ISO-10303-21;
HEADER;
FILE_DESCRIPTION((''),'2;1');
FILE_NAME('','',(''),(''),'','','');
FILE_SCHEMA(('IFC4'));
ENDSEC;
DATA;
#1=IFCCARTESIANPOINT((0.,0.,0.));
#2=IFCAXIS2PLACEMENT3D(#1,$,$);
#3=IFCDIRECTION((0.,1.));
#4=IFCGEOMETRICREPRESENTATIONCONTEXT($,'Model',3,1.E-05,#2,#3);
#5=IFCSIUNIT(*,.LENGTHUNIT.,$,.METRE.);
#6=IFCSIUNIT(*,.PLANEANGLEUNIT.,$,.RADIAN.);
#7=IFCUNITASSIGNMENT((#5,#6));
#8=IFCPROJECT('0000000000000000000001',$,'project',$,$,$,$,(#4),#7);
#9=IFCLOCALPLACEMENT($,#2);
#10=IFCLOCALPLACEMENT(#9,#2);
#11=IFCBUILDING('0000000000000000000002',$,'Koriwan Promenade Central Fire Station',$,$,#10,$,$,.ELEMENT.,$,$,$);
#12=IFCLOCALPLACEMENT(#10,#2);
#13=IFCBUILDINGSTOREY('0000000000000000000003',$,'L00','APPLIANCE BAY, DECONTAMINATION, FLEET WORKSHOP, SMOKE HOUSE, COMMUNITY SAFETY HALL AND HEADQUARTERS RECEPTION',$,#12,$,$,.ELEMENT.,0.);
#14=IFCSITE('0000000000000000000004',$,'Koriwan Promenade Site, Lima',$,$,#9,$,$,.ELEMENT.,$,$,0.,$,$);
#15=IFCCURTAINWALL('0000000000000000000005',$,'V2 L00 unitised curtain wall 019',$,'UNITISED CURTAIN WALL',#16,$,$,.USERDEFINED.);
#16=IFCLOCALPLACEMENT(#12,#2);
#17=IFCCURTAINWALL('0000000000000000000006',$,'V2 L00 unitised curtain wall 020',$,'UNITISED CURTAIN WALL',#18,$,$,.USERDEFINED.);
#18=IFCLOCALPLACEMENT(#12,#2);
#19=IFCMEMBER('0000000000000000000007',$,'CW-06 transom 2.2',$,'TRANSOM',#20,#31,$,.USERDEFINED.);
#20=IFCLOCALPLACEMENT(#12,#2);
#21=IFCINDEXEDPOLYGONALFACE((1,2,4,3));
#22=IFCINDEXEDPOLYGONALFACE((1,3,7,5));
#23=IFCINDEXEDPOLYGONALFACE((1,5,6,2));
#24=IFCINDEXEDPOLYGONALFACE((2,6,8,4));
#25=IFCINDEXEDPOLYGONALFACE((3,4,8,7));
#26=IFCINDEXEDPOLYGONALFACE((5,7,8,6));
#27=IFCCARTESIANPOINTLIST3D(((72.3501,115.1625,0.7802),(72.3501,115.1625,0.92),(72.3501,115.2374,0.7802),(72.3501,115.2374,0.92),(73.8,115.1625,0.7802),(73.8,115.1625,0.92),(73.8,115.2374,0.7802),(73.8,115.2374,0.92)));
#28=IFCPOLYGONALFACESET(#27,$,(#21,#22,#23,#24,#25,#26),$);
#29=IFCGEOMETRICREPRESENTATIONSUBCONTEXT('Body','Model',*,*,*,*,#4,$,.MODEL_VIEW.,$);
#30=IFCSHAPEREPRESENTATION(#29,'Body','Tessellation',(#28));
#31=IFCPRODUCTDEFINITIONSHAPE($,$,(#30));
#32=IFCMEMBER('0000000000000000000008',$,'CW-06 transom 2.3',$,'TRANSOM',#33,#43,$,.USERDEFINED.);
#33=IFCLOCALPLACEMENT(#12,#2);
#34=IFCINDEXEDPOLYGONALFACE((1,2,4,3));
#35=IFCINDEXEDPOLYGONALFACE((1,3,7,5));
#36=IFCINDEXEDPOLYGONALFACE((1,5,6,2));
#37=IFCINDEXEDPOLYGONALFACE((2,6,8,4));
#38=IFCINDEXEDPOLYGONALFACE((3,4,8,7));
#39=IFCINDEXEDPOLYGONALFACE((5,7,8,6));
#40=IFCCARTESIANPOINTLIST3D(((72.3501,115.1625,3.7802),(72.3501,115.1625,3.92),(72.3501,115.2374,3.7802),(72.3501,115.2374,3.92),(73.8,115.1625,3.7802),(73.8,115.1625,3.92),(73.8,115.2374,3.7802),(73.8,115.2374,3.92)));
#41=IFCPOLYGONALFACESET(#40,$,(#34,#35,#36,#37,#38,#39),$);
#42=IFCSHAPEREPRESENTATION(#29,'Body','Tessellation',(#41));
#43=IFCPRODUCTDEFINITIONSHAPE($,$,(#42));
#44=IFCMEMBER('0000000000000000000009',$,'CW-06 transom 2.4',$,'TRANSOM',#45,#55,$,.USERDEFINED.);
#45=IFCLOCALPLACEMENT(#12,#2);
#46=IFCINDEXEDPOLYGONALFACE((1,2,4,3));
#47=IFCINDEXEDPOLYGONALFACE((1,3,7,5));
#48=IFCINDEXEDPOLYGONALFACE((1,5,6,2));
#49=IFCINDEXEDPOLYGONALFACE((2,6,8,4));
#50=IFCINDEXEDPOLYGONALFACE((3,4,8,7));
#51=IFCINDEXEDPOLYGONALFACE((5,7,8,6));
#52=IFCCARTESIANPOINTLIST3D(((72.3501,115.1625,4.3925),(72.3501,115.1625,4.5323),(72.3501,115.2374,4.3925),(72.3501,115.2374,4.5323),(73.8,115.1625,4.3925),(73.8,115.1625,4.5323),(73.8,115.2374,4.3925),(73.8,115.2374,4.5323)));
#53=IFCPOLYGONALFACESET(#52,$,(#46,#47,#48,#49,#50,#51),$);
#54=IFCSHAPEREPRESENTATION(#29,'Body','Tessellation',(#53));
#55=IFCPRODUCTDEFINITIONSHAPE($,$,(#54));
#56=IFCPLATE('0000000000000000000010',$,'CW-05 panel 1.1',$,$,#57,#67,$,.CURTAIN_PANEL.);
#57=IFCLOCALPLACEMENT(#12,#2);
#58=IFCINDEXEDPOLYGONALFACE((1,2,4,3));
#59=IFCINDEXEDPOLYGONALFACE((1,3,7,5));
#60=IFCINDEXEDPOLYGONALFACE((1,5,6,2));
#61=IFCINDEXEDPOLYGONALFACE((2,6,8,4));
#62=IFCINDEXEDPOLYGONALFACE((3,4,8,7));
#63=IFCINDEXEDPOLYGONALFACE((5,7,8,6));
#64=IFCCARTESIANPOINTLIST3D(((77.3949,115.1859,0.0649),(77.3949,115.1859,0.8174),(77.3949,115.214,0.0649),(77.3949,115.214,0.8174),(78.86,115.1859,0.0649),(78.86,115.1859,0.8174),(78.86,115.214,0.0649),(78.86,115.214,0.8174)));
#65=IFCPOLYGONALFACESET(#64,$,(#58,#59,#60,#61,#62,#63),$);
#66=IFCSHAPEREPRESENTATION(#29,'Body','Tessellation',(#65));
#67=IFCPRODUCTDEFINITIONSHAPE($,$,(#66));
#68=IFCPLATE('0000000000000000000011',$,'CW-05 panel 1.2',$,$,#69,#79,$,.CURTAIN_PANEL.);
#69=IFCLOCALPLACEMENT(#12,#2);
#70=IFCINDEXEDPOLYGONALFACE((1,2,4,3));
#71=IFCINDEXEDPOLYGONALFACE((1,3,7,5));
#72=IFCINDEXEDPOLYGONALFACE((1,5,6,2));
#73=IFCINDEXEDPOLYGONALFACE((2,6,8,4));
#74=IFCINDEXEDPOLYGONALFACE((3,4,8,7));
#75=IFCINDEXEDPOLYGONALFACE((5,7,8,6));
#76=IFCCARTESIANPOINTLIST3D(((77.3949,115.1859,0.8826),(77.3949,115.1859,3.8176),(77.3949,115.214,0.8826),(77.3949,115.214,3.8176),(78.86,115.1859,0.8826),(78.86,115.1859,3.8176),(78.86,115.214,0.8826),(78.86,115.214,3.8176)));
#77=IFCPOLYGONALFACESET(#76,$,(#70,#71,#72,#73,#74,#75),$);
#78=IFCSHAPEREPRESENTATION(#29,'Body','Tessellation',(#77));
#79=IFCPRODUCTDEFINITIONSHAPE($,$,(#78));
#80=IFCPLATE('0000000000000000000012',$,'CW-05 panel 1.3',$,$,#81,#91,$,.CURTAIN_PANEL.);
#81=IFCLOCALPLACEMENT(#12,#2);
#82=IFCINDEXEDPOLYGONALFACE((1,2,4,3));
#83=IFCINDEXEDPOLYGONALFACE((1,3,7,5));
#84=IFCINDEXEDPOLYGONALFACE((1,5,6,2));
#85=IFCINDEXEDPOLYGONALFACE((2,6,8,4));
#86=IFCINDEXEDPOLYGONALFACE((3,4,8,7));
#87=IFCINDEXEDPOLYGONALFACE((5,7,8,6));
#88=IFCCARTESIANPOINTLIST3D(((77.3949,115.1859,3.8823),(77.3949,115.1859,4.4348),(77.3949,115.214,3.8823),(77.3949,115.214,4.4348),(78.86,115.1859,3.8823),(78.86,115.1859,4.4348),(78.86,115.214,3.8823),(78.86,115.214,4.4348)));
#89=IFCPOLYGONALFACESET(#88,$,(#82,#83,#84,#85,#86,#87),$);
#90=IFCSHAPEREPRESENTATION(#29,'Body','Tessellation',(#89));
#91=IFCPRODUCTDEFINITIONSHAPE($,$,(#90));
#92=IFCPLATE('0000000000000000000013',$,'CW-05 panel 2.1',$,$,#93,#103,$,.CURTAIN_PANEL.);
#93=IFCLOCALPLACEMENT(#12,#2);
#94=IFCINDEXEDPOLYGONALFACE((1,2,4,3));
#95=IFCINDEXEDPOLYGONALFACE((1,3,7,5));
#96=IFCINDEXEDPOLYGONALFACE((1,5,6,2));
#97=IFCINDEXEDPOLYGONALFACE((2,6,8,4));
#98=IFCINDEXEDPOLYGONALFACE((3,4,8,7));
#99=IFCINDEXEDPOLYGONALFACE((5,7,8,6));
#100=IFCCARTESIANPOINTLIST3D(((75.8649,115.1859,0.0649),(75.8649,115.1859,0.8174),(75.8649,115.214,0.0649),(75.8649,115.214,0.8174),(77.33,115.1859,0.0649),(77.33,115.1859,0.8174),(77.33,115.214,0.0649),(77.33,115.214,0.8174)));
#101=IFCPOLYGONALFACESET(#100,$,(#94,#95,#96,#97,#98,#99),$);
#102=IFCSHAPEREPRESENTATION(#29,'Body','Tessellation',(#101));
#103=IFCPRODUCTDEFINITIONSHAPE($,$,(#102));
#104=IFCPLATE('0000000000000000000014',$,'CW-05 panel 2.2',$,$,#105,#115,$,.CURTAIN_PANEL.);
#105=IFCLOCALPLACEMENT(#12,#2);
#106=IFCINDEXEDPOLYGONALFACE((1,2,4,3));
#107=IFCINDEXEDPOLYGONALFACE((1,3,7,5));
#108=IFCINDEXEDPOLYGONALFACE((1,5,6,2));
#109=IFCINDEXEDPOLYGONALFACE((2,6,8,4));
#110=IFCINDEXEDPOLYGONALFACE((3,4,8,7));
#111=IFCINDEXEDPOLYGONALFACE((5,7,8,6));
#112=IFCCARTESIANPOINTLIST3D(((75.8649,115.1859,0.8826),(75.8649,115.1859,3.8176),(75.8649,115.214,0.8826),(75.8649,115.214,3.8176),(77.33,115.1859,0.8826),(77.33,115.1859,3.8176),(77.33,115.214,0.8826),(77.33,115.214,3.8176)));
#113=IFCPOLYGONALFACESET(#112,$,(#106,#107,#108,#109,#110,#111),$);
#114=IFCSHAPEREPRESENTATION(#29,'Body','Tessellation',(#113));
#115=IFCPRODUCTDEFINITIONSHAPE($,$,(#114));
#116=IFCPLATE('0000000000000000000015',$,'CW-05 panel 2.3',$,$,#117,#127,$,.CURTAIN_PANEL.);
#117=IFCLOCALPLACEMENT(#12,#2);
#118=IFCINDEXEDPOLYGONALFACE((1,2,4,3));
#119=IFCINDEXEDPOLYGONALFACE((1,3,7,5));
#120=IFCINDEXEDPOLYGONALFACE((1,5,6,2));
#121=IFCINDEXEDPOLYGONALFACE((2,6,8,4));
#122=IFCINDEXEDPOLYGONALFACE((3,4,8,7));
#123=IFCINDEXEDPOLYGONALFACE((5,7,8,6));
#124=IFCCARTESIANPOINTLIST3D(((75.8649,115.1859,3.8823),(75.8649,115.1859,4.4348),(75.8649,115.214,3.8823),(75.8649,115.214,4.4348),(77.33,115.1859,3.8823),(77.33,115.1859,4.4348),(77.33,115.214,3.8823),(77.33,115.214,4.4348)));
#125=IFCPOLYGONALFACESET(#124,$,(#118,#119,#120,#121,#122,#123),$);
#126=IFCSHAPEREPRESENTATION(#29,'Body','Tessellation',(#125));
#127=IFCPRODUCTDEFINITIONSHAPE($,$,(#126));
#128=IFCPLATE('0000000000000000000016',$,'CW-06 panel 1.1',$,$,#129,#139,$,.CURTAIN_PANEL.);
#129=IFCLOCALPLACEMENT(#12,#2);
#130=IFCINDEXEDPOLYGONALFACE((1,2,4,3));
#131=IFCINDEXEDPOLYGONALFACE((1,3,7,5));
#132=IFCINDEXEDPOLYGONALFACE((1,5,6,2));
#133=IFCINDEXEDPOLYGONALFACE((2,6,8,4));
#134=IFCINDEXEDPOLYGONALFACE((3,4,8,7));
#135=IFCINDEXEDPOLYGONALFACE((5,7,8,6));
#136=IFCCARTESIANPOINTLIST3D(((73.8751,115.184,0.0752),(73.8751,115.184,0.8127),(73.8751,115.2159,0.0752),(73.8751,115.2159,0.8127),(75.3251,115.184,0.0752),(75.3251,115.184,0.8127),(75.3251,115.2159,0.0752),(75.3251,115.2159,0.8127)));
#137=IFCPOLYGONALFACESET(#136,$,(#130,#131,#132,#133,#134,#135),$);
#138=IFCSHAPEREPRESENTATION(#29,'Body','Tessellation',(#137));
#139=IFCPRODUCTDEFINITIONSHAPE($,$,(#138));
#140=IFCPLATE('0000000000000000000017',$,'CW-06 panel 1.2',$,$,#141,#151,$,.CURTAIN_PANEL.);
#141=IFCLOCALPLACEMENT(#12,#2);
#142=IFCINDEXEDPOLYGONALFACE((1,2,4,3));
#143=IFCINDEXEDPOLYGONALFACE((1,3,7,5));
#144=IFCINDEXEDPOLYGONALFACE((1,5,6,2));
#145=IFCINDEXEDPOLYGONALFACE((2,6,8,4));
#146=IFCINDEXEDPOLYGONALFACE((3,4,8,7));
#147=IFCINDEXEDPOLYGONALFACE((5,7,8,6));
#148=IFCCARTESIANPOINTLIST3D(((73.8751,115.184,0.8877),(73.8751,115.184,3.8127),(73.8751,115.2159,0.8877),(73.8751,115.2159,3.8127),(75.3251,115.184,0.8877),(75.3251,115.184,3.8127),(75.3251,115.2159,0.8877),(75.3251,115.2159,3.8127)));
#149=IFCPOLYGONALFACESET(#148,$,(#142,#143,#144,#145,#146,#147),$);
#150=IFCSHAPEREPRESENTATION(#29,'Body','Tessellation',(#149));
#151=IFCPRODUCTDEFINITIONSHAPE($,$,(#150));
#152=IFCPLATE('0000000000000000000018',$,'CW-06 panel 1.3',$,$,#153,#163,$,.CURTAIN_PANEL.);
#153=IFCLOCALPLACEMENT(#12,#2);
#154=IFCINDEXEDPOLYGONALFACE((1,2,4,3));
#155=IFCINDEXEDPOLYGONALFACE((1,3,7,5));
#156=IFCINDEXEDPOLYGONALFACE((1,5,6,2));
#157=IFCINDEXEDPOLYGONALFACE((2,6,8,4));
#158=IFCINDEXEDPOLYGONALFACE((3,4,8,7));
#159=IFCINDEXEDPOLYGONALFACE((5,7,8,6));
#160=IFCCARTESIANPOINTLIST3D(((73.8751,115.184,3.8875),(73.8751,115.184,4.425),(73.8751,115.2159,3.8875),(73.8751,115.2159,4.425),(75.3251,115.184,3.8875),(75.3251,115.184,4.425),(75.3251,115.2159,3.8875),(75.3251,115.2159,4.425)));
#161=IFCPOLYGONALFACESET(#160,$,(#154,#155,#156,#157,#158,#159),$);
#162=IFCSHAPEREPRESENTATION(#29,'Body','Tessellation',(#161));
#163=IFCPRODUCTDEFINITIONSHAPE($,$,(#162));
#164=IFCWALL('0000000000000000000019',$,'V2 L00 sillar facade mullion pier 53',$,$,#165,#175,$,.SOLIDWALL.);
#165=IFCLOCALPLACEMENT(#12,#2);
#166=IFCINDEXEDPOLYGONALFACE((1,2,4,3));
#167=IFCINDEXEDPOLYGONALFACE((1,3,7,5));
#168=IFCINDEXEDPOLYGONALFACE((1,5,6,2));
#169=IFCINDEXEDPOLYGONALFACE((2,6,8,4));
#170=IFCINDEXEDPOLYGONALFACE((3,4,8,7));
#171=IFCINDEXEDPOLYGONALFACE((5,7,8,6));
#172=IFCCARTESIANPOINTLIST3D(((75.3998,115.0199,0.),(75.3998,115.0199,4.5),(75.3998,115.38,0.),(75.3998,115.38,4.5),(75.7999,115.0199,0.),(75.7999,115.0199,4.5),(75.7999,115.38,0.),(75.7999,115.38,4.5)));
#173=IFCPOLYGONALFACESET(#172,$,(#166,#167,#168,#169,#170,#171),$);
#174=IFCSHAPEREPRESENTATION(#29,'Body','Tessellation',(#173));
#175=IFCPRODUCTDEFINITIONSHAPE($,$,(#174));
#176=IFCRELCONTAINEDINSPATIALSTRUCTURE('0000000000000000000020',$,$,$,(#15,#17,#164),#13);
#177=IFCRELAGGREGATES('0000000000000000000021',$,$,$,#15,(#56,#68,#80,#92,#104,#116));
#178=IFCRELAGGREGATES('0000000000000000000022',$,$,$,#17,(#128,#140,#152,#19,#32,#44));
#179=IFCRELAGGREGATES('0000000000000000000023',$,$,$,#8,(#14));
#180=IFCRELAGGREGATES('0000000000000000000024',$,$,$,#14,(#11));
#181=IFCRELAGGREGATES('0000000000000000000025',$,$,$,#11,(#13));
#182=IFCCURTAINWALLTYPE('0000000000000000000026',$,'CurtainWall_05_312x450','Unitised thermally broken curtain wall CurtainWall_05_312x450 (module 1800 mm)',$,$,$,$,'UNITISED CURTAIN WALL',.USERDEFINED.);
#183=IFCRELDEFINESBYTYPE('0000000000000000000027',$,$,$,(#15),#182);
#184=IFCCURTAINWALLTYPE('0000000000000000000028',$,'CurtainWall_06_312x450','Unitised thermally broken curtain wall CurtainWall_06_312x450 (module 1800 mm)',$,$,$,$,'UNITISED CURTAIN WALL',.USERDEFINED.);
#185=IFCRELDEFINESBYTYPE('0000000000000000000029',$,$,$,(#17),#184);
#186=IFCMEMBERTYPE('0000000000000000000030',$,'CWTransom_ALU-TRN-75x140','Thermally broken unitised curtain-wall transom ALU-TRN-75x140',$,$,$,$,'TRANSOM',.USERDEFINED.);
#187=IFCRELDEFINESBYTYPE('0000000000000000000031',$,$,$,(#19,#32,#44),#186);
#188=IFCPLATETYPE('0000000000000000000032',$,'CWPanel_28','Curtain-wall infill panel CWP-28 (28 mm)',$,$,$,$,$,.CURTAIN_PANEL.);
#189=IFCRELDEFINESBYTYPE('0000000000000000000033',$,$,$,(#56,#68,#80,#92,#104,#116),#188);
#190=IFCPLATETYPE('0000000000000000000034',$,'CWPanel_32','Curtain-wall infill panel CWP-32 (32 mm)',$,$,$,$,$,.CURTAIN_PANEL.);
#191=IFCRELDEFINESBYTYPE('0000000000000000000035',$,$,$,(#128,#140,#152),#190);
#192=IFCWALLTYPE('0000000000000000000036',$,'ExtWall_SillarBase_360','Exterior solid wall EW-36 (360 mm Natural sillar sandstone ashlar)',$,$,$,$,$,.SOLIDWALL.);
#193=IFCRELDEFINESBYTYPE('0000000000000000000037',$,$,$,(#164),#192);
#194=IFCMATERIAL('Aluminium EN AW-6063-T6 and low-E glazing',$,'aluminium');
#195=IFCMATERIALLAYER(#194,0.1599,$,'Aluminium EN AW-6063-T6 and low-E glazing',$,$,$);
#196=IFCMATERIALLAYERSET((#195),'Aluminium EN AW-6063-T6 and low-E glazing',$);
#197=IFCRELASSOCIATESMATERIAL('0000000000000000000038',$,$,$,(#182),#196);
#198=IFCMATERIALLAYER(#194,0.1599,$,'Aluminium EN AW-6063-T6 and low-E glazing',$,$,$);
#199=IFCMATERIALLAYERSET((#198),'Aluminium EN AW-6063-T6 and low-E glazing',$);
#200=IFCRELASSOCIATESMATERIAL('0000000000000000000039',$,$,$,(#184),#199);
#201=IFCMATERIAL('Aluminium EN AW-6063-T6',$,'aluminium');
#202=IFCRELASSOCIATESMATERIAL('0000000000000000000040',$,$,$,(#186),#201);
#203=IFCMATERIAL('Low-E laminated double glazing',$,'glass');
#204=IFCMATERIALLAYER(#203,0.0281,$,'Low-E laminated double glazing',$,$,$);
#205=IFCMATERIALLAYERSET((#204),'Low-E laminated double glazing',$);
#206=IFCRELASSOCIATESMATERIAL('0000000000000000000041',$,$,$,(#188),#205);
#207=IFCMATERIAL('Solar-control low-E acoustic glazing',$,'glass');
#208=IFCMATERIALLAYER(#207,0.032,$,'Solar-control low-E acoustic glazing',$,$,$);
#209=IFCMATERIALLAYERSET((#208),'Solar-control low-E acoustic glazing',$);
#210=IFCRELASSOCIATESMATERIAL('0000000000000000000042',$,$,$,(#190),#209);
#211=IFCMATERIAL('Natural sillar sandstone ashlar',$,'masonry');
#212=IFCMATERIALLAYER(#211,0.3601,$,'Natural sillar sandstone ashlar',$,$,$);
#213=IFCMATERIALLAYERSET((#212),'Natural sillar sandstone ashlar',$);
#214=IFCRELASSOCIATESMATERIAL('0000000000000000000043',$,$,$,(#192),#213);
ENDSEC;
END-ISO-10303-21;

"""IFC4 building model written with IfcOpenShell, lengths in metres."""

from ifc_helpers import new_model, si_unit, direction, frame, frame_2d, origin, origin_2d, place, context, subcontext, project, spatial, rectangle, extrude, material, layer, layer_set, material_profile, profile_set, type_object, element, aggregate, save


model = new_model("IFC4")

# Units and contexts
model_context = context("Model", 3, precision=1e-05, world=origin(), true_north=direction((0.0, 1.0)))
body_context = subcontext(model_context, "Body", "Model", "MODEL_VIEW")
ifc_project = project(units=[si_unit("LENGTHUNIT", "METRE"), si_unit("PLANEANGLEUNIT", "RADIAN")], contexts=[model_context])

# Site, building, storey
site_placement = place(None, origin())
site = spatial("IfcSite", under=ifc_project, at=site_placement, Name="Koriwan Promenade Site, Lima", CompositionType="ELEMENT", RefElevation=0.0)
building_placement = place(site_placement, origin())
building = spatial("IfcBuilding", under=site, at=building_placement, Name="Koriwan Promenade Central Fire Station", CompositionType="ELEMENT")
storey_placement = place(building_placement, origin())
storey = spatial("IfcBuildingStorey", under=building, at=storey_placement, Name="L00", Description="APPLIANCE BAY, DECONTAMINATION, FLEET WORKSHOP, SMOKE HOUSE, COMMUNITY SAFETY HALL AND HEADQUARTERS RECEPTION", CompositionType="ELEMENT", Elevation=0.0)

# Curtain walls
ifc_material_1 = material(Name="Aluminium EN AW-6063-T6 and low-E glazing", Category="aluminium")
ifc_layer_1 = layer(ifc_material_1, 0.1599, Name="Aluminium EN AW-6063-T6 and low-E glazing")
ifc_layer_set_1 = layer_set([ifc_layer_1], Name="Aluminium EN AW-6063-T6 and low-E glazing")
curtain_wall_type_1 = type_object("IfcCurtainWallType", Name="CurtainWall_05_312x450", Description="Unitised thermally broken curtain wall CurtainWall_05_312x450 (module 1800 mm)", ElementType="UNITISED CURTAIN WALL", PredefinedType="USERDEFINED", material=ifc_layer_set_1)
curtain_wall_1_placement = place(storey_placement, origin())
curtain_wall_1 = element("IfcCurtainWall", 1, at=curtain_wall_1_placement, inside=storey, type_object=curtain_wall_type_1, Name="V2 L00 unitised curtain wall 019", ObjectType="UNITISED CURTAIN WALL", PredefinedType="USERDEFINED")
ifc_material_2 = material(Name="Aluminium EN AW-6063-T6", Category="aluminium")
ifc_layer_2 = layer(ifc_material_1, 0.1599, Name="Aluminium EN AW-6063-T6 and low-E glazing")
ifc_layer_set_2 = layer_set([ifc_layer_2], Name="Aluminium EN AW-6063-T6 and low-E glazing")
curtain_wall_type_2 = type_object("IfcCurtainWallType", Name="CurtainWall_06_312x450", Description="Unitised thermally broken curtain wall CurtainWall_06_312x450 (module 1800 mm)", ElementType="UNITISED CURTAIN WALL", PredefinedType="USERDEFINED", material=ifc_layer_set_2)
curtain_wall_2_placement = place(storey_placement, origin())
curtain_wall_2 = element("IfcCurtainWall", 2, at=curtain_wall_2_placement, inside=storey, type_object=curtain_wall_type_2, Name="V2 L00 unitised curtain wall 020", ObjectType="UNITISED CURTAIN WALL", PredefinedType="USERDEFINED")

# Members
ifc_material_profile_1 = material_profile(ifc_material_2, rectangle(XDim=0.075, YDim=0.1399, at=origin_2d()), Name="ALU-TRN-75x140")
ifc_profile_set_1 = profile_set([ifc_material_profile_1], Name="Aluminium EN AW-6063-T6")
member_type_1 = type_object("IfcMemberType", Name="CWTransom_ALU-TRN-75x140", Description="Thermally broken unitised curtain-wall transom ALU-TRN-75x140", ElementType="TRANSOM", PredefinedType="USERDEFINED", material=ifc_profile_set_1)
member_1_placement = place(storey_placement, frame((73.8, 115.2, 0.8501), z_axis=(-1.0, 0.0, 0.0), x_axis=(0.0, -1.0, 0.0)))
member_1 = element("IfcMember", 3, at=member_1_placement, type_object=member_type_1, Name="CW-06 transom 2.2", ObjectType="TRANSOM", PredefinedType="USERDEFINED", context=body_context, shape_type="SweptSolid", body=[
    extrude(rectangle(XDim=0.075, YDim=0.1399, at=origin_2d()), origin(), (0.0, 0.0, 1.0), 1.45),
])
member_2_placement = place(storey_placement, frame((73.8, 115.2, 3.8501), z_axis=(-1.0, 0.0, 0.0), x_axis=(0.0, -1.0, 0.0)))
member_2 = element("IfcMember", 4, at=member_2_placement, type_object=member_type_1, Name="CW-06 transom 2.3", ObjectType="TRANSOM", PredefinedType="USERDEFINED", context=body_context, shape_type="SweptSolid", body=[
    extrude(rectangle(XDim=0.075, YDim=0.1399, at=origin_2d()), origin(), (0.0, 0.0, 1.0), 1.45),
])
member_3_placement = place(storey_placement, frame((73.8, 115.2, 4.4624), z_axis=(-1.0, 0.0, 0.0), x_axis=(0.0, -1.0, 0.0)))
member_3 = element("IfcMember", 5, at=member_3_placement, type_object=member_type_1, Name="CW-06 transom 2.4", ObjectType="TRANSOM", PredefinedType="USERDEFINED", context=body_context, shape_type="SweptSolid", body=[
    extrude(rectangle(XDim=0.075, YDim=0.1399, at=origin_2d()), origin(), (0.0, 0.0, 1.0), 1.45),
])

# Plates
ifc_material_3 = material(Name="Low-E laminated double glazing", Category="glass")
ifc_layer_3 = layer(ifc_material_3, 0.0281, Name="Low-E laminated double glazing")
ifc_layer_set_3 = layer_set([ifc_layer_3], Name="Low-E laminated double glazing")
plate_type_1 = type_object("IfcPlateType", Name="CWPanel_28", Description="Curtain-wall infill panel CWP-28 (28 mm)", PredefinedType="CURTAIN_PANEL", material=ifc_layer_set_3)
plate_1_placement = place(storey_placement, frame((78.1274, 115.2, 0.0649), z_axis=(0.0, 0.0, 1.0), x_axis=(-1.0, 0.0, 0.0)))
plate_1 = element("IfcPlate", 6, at=plate_1_placement, type_object=plate_type_1, Name="CW-05 panel 1.1", PredefinedType="CURTAIN_PANEL", context=body_context, shape_type="SweptSolid", body=[
    extrude(rectangle(XDim=1.4651, YDim=0.0281, at=origin_2d()), origin(), (0.0, 0.0, 1.0), 0.7524),
])
plate_2_placement = place(storey_placement, frame((78.1274, 115.2, 0.8826), z_axis=(0.0, 0.0, 1.0), x_axis=(-1.0, 0.0, 0.0)))
plate_2 = element("IfcPlate", 7, at=plate_2_placement, type_object=plate_type_1, Name="CW-05 panel 1.2", PredefinedType="CURTAIN_PANEL", context=body_context, shape_type="SweptSolid", body=[
    extrude(rectangle(XDim=1.4651, YDim=0.0281, at=origin_2d()), origin(), (0.0, 0.0, 1.0), 2.9351),
])
plate_3_placement = place(storey_placement, frame((78.1274, 115.2, 3.8823), z_axis=(0.0, 0.0, 1.0), x_axis=(-1.0, 0.0, 0.0)))
plate_3 = element("IfcPlate", 8, at=plate_3_placement, type_object=plate_type_1, Name="CW-05 panel 1.3", PredefinedType="CURTAIN_PANEL", context=body_context, shape_type="SweptSolid", body=[
    extrude(rectangle(XDim=1.4651, YDim=0.0281, at=origin_2d()), origin(), (0.0, 0.0, 1.0), 0.5525),
])
plate_4_placement = place(storey_placement, frame((76.5974, 115.2, 0.0649), z_axis=(0.0, 0.0, 1.0), x_axis=(-1.0, 0.0, 0.0)))
plate_4 = element("IfcPlate", 9, at=plate_4_placement, type_object=plate_type_1, Name="CW-05 panel 2.1", PredefinedType="CURTAIN_PANEL", context=body_context, shape_type="SweptSolid", body=[
    extrude(rectangle(XDim=1.4651, YDim=0.0281, at=origin_2d()), origin(), (0.0, 0.0, 1.0), 0.7524),
])
plate_5_placement = place(storey_placement, frame((76.5974, 115.2, 0.8826), z_axis=(0.0, 0.0, 1.0), x_axis=(-1.0, 0.0, 0.0)))
plate_5 = element("IfcPlate", 10, at=plate_5_placement, type_object=plate_type_1, Name="CW-05 panel 2.2", PredefinedType="CURTAIN_PANEL", context=body_context, shape_type="SweptSolid", body=[
    extrude(rectangle(XDim=1.4651, YDim=0.0281, at=origin_2d()), origin(), (0.0, 0.0, 1.0), 2.9351),
])
plate_6_placement = place(storey_placement, frame((76.5974, 115.2, 3.8823), z_axis=(0.0, 0.0, 1.0), x_axis=(-1.0, 0.0, 0.0)))
plate_6 = element("IfcPlate", 11, at=plate_6_placement, type_object=plate_type_1, Name="CW-05 panel 2.3", PredefinedType="CURTAIN_PANEL", context=body_context, shape_type="SweptSolid", body=[
    extrude(rectangle(XDim=1.4651, YDim=0.0281, at=origin_2d()), origin(), (0.0, 0.0, 1.0), 0.5525),
])
aggregate(curtain_wall_1, [plate_1, plate_2, plate_3, plate_4, plate_5, plate_6])
ifc_material_4 = material(Name="Solar-control low-E acoustic glazing", Category="glass")
ifc_layer_4 = layer(ifc_material_4, 0.032, Name="Solar-control low-E acoustic glazing")
ifc_layer_set_4 = layer_set([ifc_layer_4], Name="Solar-control low-E acoustic glazing")
plate_type_2 = type_object("IfcPlateType", Name="CWPanel_32", Description="Curtain-wall infill panel CWP-32 (32 mm)", PredefinedType="CURTAIN_PANEL", material=ifc_layer_set_4)
plate_7_placement = place(storey_placement, frame((74.6001, 115.2, 0.0752), z_axis=(0.0, 0.0, 1.0), x_axis=(-1.0, 0.0, 0.0)))
plate_7 = element("IfcPlate", 12, at=plate_7_placement, type_object=plate_type_2, Name="CW-06 panel 1.1", PredefinedType="CURTAIN_PANEL", context=body_context, shape_type="SweptSolid", body=[
    extrude(rectangle(XDim=1.45, YDim=0.032, at=origin_2d()), origin(), (0.0, 0.0, 1.0), 0.7375),
])
plate_8_placement = place(storey_placement, frame((74.6001, 115.2, 0.8877), z_axis=(0.0, 0.0, 1.0), x_axis=(-1.0, 0.0, 0.0)))
plate_8 = element("IfcPlate", 13, at=plate_8_placement, type_object=plate_type_2, Name="CW-06 panel 1.2", PredefinedType="CURTAIN_PANEL", context=body_context, shape_type="SweptSolid", body=[
    extrude(rectangle(XDim=1.45, YDim=0.032, at=origin_2d()), origin(), (0.0, 0.0, 1.0), 2.925),
])
plate_9_placement = place(storey_placement, frame((74.6001, 115.2, 3.8875), z_axis=(0.0, 0.0, 1.0), x_axis=(-1.0, 0.0, 0.0)))
plate_9 = element("IfcPlate", 14, at=plate_9_placement, type_object=plate_type_2, Name="CW-06 panel 1.3", PredefinedType="CURTAIN_PANEL", context=body_context, shape_type="SweptSolid", body=[
    extrude(rectangle(XDim=1.45, YDim=0.032, at=origin_2d()), origin(), (0.0, 0.0, 1.0), 0.5376),
])
aggregate(curtain_wall_2, [plate_7, plate_8, plate_9, member_1, member_2, member_3])

# Wall
ifc_material_5 = material(Name="Natural sillar sandstone ashlar", Category="masonry")
ifc_layer_5 = layer(ifc_material_5, 0.3601, Name="Natural sillar sandstone ashlar")
ifc_layer_set_5 = layer_set([ifc_layer_5], Name="Natural sillar sandstone ashlar")
wall_type = type_object("IfcWallType", Name="ExtWall_SillarBase_360", Description="Exterior solid wall EW-36 (360 mm Natural sillar sandstone ashlar)", PredefinedType="SOLIDWALL", material=ifc_layer_set_5)
wall_placement = place(storey_placement, frame((75.8, 115.2, 0.0), z_axis=(0.0, 0.0, 1.0), x_axis=(-1.0, 0.0, 0.0)))
element("IfcWall", 15, at=wall_placement, inside=storey, type_object=wall_type, Name="V2 L00 sillar facade mullion pier 53", PredefinedType="SOLIDWALL", context=body_context, shape_type="SweptSolid", body=[
    extrude(rectangle(XDim=0.4001, YDim=0.3601, at=frame_2d((0.2002, 0.0))), origin(), (0.0, 0.0, 1.0), 4.5),
])

save(model, "model.ifc")
